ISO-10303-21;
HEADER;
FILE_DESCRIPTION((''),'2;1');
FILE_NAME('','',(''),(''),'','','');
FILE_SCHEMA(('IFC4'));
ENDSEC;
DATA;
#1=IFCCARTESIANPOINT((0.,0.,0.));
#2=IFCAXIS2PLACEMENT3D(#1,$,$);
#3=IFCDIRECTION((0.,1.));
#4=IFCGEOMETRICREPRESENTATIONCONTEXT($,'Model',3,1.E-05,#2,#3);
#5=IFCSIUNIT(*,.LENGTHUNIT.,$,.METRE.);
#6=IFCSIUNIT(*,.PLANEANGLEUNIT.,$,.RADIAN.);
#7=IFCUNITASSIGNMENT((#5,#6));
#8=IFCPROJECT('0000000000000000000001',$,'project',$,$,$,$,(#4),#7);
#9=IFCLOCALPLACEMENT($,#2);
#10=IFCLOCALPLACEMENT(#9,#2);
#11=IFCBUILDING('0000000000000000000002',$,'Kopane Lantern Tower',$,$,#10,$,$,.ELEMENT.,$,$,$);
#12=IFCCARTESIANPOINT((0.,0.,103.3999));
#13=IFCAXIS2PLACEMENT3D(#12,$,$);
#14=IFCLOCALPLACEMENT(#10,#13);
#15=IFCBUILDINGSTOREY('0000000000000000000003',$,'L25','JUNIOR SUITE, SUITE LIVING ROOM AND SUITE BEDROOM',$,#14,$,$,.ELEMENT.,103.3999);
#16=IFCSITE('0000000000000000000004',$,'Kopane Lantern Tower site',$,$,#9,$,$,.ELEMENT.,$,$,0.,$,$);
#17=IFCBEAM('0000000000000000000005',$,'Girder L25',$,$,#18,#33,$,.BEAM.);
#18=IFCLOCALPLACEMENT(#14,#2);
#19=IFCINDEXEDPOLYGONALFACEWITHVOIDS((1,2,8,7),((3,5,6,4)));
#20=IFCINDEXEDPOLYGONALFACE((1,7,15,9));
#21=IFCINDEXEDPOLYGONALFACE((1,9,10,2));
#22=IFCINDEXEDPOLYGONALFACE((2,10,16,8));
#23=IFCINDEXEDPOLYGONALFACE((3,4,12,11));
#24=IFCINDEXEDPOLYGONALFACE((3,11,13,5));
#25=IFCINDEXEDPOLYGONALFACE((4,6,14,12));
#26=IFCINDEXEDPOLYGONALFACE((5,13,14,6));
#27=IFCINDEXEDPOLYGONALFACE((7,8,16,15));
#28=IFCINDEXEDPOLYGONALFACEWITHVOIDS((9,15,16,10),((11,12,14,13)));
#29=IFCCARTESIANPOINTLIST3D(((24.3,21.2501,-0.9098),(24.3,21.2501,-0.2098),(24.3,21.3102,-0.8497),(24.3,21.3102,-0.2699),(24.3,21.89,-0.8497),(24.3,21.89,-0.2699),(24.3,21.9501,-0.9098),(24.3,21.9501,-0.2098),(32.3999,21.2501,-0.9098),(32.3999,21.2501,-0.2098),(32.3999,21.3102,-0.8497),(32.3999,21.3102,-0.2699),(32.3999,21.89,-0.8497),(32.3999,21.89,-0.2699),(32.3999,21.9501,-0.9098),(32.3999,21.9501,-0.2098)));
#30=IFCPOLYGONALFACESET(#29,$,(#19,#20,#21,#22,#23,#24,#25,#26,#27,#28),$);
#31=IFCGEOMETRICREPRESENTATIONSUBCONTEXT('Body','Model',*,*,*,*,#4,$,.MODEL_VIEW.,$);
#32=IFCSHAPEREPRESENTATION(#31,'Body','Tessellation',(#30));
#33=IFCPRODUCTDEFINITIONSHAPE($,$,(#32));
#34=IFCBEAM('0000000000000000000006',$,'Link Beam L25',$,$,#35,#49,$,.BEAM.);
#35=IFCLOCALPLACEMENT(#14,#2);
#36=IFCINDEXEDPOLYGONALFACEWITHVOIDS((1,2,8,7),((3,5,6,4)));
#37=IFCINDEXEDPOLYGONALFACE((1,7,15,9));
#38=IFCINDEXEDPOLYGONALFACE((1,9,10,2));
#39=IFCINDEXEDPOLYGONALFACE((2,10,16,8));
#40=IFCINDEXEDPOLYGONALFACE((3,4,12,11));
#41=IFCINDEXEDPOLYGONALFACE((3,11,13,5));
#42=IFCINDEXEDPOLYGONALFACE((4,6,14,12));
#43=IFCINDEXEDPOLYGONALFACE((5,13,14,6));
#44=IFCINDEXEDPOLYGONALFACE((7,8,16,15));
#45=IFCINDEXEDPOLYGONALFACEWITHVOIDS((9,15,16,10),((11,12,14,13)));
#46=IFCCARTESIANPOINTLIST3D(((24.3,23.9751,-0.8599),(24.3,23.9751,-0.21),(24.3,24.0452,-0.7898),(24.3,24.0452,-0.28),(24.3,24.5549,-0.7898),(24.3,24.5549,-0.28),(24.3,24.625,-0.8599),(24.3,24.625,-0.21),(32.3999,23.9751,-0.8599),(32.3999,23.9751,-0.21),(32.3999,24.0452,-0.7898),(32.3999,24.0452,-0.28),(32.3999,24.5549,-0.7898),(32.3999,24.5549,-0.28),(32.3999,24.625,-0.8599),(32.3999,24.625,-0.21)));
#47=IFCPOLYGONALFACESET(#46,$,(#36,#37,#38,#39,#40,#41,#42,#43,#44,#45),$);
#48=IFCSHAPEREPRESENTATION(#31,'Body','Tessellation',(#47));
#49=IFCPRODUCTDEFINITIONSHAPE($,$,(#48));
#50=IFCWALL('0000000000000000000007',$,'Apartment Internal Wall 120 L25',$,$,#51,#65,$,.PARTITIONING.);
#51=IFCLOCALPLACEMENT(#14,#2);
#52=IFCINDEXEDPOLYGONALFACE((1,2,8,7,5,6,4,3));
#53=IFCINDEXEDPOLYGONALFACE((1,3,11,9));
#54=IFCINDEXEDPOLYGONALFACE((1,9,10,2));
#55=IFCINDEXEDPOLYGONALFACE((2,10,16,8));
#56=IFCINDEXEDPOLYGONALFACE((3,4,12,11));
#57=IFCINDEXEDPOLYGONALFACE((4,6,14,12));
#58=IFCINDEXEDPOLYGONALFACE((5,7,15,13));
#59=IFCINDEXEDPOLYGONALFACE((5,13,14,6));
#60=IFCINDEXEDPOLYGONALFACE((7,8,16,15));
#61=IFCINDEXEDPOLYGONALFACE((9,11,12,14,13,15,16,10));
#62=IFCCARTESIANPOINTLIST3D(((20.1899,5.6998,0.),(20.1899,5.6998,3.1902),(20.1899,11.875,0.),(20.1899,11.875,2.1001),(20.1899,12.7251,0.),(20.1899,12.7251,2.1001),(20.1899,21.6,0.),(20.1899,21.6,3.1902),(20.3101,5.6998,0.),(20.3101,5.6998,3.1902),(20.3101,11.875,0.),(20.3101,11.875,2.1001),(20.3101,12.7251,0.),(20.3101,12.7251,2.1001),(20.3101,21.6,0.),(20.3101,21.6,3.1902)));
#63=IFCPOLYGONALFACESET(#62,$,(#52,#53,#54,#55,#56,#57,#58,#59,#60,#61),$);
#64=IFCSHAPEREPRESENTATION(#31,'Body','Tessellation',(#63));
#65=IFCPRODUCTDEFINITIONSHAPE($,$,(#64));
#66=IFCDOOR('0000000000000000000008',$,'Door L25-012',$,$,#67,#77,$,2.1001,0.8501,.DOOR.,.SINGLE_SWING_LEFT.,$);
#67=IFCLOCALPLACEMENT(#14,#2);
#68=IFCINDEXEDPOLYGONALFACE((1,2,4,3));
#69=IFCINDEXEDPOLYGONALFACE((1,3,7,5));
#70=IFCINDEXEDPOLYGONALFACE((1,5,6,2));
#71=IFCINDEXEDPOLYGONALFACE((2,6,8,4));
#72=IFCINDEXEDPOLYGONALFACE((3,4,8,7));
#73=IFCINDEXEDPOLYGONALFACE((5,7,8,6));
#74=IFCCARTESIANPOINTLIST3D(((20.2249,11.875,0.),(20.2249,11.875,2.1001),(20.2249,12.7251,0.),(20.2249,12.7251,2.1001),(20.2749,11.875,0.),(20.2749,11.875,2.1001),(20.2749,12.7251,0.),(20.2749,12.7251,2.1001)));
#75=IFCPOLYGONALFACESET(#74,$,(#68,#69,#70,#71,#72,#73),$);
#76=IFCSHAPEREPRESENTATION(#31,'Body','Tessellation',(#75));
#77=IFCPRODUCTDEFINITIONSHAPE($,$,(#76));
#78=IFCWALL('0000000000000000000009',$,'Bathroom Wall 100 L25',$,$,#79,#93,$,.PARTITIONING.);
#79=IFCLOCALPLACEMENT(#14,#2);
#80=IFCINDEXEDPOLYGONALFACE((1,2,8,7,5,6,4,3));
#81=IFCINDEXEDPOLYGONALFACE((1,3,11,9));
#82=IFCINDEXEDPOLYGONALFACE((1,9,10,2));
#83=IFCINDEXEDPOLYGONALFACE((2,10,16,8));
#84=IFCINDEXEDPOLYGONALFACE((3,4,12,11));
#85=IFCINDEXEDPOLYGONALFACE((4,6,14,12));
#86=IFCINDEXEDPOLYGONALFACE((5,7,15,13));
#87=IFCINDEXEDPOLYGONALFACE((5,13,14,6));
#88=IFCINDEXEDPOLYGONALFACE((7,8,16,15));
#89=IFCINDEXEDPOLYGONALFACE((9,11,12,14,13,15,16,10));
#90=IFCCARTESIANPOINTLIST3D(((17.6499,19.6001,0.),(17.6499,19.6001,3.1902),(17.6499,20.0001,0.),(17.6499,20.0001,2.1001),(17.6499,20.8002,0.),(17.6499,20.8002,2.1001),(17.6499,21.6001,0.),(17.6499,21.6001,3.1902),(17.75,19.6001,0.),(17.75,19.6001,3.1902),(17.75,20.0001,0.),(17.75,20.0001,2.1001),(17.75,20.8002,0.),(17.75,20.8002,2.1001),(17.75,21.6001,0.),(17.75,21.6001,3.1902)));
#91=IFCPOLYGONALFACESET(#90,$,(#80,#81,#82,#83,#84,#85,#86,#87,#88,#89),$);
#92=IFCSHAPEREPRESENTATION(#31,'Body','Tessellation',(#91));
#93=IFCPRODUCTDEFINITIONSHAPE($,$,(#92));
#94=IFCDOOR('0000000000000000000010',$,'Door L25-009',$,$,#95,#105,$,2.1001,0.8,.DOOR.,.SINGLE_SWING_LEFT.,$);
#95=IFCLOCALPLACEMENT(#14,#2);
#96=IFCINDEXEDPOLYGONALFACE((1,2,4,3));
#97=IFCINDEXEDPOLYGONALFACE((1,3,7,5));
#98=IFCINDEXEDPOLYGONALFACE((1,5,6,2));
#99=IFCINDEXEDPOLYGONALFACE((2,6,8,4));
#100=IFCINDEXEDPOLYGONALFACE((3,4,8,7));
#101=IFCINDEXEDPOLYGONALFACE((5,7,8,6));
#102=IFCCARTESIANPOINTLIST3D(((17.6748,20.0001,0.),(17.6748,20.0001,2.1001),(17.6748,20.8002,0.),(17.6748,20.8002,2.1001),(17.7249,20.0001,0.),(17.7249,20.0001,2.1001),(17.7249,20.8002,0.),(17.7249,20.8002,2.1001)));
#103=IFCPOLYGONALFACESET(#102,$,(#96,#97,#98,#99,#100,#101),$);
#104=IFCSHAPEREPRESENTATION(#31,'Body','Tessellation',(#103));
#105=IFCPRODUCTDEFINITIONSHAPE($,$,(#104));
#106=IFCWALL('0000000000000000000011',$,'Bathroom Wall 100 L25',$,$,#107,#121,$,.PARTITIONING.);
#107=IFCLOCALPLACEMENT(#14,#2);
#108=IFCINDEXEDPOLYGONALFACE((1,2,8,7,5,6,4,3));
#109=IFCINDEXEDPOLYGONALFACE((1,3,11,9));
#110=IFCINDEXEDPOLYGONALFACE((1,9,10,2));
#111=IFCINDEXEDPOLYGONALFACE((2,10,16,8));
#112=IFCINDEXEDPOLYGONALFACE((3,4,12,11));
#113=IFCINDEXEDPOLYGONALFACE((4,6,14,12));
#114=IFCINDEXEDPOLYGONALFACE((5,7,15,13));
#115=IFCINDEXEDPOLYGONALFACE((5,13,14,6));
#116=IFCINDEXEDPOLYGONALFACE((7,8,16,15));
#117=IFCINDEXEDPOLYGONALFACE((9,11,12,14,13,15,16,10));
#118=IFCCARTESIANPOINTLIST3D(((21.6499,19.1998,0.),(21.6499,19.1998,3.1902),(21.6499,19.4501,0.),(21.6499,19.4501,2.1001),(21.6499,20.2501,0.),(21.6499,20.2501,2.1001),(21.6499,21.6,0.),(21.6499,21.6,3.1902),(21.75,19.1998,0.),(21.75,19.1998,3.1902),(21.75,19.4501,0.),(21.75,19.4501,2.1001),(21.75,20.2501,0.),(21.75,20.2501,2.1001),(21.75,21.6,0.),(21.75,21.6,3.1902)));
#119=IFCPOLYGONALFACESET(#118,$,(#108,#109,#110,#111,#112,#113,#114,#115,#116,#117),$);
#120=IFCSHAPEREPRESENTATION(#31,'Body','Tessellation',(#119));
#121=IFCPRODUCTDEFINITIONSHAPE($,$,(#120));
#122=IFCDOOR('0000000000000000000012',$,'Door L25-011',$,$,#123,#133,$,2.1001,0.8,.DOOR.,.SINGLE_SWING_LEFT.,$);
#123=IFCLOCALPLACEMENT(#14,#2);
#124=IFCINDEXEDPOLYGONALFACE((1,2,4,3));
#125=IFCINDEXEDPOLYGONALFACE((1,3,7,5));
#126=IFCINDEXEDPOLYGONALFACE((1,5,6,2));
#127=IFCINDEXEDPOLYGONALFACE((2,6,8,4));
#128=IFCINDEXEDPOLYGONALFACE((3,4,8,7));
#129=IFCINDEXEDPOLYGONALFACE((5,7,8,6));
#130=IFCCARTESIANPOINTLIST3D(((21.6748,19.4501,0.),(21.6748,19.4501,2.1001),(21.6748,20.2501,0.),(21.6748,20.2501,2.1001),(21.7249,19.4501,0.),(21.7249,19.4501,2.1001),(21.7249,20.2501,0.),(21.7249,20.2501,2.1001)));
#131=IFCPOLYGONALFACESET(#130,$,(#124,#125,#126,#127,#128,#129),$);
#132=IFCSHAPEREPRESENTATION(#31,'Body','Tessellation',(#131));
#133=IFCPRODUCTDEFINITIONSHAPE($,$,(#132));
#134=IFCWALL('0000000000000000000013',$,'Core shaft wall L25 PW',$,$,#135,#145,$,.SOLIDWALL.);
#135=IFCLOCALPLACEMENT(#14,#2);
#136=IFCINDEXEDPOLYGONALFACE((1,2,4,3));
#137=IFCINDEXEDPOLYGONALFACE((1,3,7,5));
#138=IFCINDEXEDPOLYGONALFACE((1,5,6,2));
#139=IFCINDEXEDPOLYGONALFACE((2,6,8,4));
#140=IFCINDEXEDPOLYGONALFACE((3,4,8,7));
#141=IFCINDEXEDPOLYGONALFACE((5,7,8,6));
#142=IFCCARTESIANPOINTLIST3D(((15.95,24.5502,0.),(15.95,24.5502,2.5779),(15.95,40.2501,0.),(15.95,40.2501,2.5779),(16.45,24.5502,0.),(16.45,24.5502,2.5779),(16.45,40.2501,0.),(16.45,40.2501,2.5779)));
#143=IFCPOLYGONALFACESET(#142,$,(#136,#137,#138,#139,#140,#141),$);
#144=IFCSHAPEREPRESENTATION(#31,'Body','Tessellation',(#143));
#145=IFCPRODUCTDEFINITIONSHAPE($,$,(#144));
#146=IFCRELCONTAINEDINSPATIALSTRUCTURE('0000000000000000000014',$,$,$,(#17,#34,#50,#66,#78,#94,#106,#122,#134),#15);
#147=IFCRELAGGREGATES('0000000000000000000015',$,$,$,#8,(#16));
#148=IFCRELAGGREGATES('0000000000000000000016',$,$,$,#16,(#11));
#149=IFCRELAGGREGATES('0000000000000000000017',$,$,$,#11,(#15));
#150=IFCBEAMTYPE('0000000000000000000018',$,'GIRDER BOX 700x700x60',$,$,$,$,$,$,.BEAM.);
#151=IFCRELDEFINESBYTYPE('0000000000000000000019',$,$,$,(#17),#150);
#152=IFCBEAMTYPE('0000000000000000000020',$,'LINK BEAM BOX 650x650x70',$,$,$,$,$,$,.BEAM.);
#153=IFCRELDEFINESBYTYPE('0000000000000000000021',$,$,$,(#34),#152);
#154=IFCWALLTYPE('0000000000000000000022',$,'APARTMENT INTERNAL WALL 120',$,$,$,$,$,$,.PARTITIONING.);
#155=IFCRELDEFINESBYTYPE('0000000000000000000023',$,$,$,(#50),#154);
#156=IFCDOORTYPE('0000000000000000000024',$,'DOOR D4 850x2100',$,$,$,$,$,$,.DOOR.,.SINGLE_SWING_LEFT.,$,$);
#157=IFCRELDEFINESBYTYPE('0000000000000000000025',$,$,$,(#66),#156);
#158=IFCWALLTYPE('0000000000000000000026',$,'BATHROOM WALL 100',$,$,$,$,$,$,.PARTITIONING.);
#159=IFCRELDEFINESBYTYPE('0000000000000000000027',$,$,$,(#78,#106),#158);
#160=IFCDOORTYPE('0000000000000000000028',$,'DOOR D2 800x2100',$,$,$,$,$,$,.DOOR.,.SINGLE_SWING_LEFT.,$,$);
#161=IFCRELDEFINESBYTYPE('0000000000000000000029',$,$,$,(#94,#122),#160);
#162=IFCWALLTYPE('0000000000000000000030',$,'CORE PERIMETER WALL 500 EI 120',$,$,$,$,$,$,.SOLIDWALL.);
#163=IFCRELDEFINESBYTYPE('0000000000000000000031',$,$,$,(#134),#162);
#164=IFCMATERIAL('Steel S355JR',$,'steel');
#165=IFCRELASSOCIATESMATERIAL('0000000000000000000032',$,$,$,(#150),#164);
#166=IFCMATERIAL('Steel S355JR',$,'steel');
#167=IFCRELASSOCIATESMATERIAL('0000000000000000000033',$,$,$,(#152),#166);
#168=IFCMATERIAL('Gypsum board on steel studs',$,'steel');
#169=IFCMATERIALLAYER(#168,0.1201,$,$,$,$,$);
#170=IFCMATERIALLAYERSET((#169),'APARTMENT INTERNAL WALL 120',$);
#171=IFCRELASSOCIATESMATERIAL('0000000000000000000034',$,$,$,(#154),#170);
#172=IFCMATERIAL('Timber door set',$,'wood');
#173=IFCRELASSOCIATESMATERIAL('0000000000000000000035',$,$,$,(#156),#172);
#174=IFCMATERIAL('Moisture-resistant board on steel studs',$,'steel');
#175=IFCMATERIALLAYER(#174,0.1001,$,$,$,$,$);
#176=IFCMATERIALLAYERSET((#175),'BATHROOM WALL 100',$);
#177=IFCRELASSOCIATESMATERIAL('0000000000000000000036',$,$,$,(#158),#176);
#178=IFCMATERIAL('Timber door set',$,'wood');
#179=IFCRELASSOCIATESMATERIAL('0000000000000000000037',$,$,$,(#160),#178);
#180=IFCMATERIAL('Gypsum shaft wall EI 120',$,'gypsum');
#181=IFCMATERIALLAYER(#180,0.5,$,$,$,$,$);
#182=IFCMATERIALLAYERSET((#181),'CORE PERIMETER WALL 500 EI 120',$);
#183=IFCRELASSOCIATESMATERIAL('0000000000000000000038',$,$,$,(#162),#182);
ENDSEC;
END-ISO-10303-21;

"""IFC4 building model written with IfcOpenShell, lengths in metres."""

from ifc_helpers import new_model, si_unit, direction, frame, frame_2d, origin, origin_2d, place, context, subcontext, project, spatial, rectangle, hollow_rectangle, extrude, material, layer, layer_set, material_profile, profile_set, type_object, element, fill, save


model = new_model("IFC4")

# Units and contexts
model_context = context("Model", 3, precision=1e-05, world=origin(), true_north=direction((0.0, 1.0)))
body_context = subcontext(model_context, "Body", "Model", "MODEL_VIEW")
ifc_project = project(units=[si_unit("LENGTHUNIT", "METRE"), si_unit("PLANEANGLEUNIT", "RADIAN")], contexts=[model_context])

# Site, building, storey
site_placement = place(None, origin())
site = spatial("IfcSite", under=ifc_project, at=site_placement, Name="Kopane Lantern Tower site", CompositionType="ELEMENT", RefElevation=0.0)
building_placement = place(site_placement, origin())
building = spatial("IfcBuilding", under=site, at=building_placement, Name="Kopane Lantern Tower", CompositionType="ELEMENT")
storey_placement = place(building_placement, frame((0.0, 0.0, 103.3999)))
storey = spatial("IfcBuildingStorey", under=building, at=storey_placement, Name="L25", Description="JUNIOR SUITE, SUITE LIVING ROOM AND SUITE BEDROOM", CompositionType="ELEMENT", Elevation=103.3999)

# Beams
ifc_material_1 = material(Name="Steel S355JR", Category="steel")
ifc_material_profile_1 = material_profile(ifc_material_1, hollow_rectangle(XDim=0.7, YDim=0.7, WallThickness=0.0601, at=origin_2d()), Name="BOX 700x700x60")
ifc_profile_set_1 = profile_set([ifc_material_profile_1], Name="Steel S355JR")
beam_type_1 = type_object("IfcBeamType", Name="GIRDER BOX 700x700x60", PredefinedType="BEAM", material=ifc_profile_set_1)
beam_1_placement = place(storey_placement, frame((24.3, 21.6001, -0.5598), z_axis=(1.0, 0.0, 0.0), x_axis=(0.0, 1.0, 0.0)))
element("IfcBeam", 1, at=beam_1_placement, inside=storey, type_object=beam_type_1, Name="Girder L25", PredefinedType="BEAM", context=body_context, shape_type="SweptSolid", body=[
    extrude(hollow_rectangle(XDim=0.7, YDim=0.7, WallThickness=0.0601, at=origin_2d()), origin(), (0.0, 0.0, 1.0), 8.0999),
])
ifc_material_2 = material(Name="Steel S355JR", Category="steel")
ifc_material_profile_2 = material_profile(ifc_material_2, hollow_rectangle(XDim=0.6499, YDim=0.6499, WallThickness=0.0701, at=origin_2d()), Name="BOX 650x650x70")
ifc_profile_set_2 = profile_set([ifc_material_profile_2], Name="Steel S355JR")
beam_type_2 = type_object("IfcBeamType", Name="LINK BEAM BOX 650x650x70", PredefinedType="BEAM", material=ifc_profile_set_2)
beam_2_placement = place(storey_placement, frame((24.3, 24.3, -0.5349), z_axis=(1.0, 0.0, 0.0), x_axis=(0.0, 1.0, 0.0)))
element("IfcBeam", 2, at=beam_2_placement, inside=storey, type_object=beam_type_2, Name="Link Beam L25", PredefinedType="BEAM", context=body_context, shape_type="SweptSolid", body=[
    extrude(hollow_rectangle(XDim=0.6499, YDim=0.6499, WallThickness=0.0701, at=origin_2d()), origin(), (0.0, 0.0, 1.0), 8.0999),
])

# Walls, openings, doors
ifc_material_3 = material(Name="Gypsum board on steel studs", Category="steel")
ifc_layer_1 = layer(ifc_material_3, 0.1201)
ifc_layer_set_1 = layer_set([ifc_layer_1], Name="APARTMENT INTERNAL WALL 120")
wall_type_1 = type_object("IfcWallType", Name="APARTMENT INTERNAL WALL 120", PredefinedType="PARTITIONING", material=ifc_layer_set_1)
wall_1_placement = place(storey_placement, frame((20.25, 21.6001, 0.0), z_axis=(0.0, 0.0, 1.0), x_axis=(0.0, -1.0, 0.0)))
wall_1 = element("IfcWall", 3, at=wall_1_placement, inside=storey, type_object=wall_type_1, Name="Apartment Internal Wall 120 L25", PredefinedType="PARTITIONING", context=body_context, shape_type="SweptSolid", body=[
    extrude(rectangle(XDim=15.9001, YDim=0.1201, at=frame_2d((7.9502, 0.0))), origin(), (0.0, 0.0, 1.0), 3.1902),
])
opening_1_placement = place(wall_1_placement, frame((8.875, 0.0, 0.0)))
opening_1 = element("IfcOpeningElement", 4, at=opening_1_placement, cuts=wall_1, PredefinedType="OPENING", context=body_context, shape_type="SweptSolid", body=[
    extrude(rectangle(XDim=0.8501, YDim=2.1001, at=frame_2d((0.425, 1.05))), frame((0.0, 0.0701, 0.0), z_axis=(0.0, -1.0, 0.0), x_axis=(1.0, 0.0, 0.0)), (0.0, 0.0, 1.0), 0.1401),
])
ifc_material_4 = material(Name="Timber door set", Category="wood")
door_type_1 = type_object("IfcDoorType", Name="DOOR D4 850x2100", OperationType="SINGLE_SWING_LEFT", PredefinedType="DOOR", material=ifc_material_4)
door_1_placement = place(opening_1_placement, origin())
door_1 = element("IfcDoor", 5, at=door_1_placement, inside=storey, type_object=door_type_1, Name="Door L25-012", OperationType="SINGLE_SWING_LEFT", OverallHeight=2.1001, OverallWidth=0.8501, PredefinedType="DOOR", context=body_context, shape_type="SweptSolid", body=[
    extrude(rectangle(XDim=0.8501, YDim=2.1001, at=frame_2d((0.425, 1.05))), frame((0.0, 0.0249, 0.0), z_axis=(0.0, -1.0, 0.0), x_axis=(1.0, 0.0, 0.0)), (0.0, 0.0, 1.0), 0.05),
])
fill(opening_1, door_1)
ifc_material_5 = material(Name="Moisture-resistant board on steel studs", Category="steel")
ifc_layer_2 = layer(ifc_material_5, 0.1001)
ifc_layer_set_2 = layer_set([ifc_layer_2], Name="BATHROOM WALL 100")
wall_type_2 = type_object("IfcWallType", Name="BATHROOM WALL 100", PredefinedType="PARTITIONING", material=ifc_layer_set_2)
wall_2_placement = place(storey_placement, frame((17.7, 21.6001, 0.0), z_axis=(0.0, 0.0, 1.0), x_axis=(0.0, -1.0, 0.0)))
wall_2 = element("IfcWall", 6, at=wall_2_placement, inside=storey, type_object=wall_type_2, Name="Bathroom Wall 100 L25", PredefinedType="PARTITIONING", context=body_context, shape_type="SweptSolid", body=[
    extrude(rectangle(XDim=2.0, YDim=0.1001, at=frame_2d((1.0, 0.0))), origin(), (0.0, 0.0, 1.0), 3.1902),
])
opening_2_placement = place(wall_2_placement, frame((0.8, 0.0, 0.0)))
opening_2 = element("IfcOpeningElement", 7, at=opening_2_placement, cuts=wall_2, PredefinedType="OPENING", context=body_context, shape_type="SweptSolid", body=[
    extrude(rectangle(XDim=0.8, YDim=2.1001, at=frame_2d((0.3999, 1.05))), frame((0.0, 0.0601, 0.0), z_axis=(0.0, -1.0, 0.0), x_axis=(1.0, 0.0, 0.0)), (0.0, 0.0, 1.0), 0.1201),
])
ifc_material_6 = material(Name="Timber door set", Category="wood")
door_type_2 = type_object("IfcDoorType", Name="DOOR D2 800x2100", OperationType="SINGLE_SWING_LEFT", PredefinedType="DOOR", material=ifc_material_6)
door_2_placement = place(opening_2_placement, origin())
door_2 = element("IfcDoor", 8, at=door_2_placement, inside=storey, type_object=door_type_2, Name="Door L25-009", OperationType="SINGLE_SWING_LEFT", OverallHeight=2.1001, OverallWidth=0.8, PredefinedType="DOOR", context=body_context, shape_type="SweptSolid", body=[
    extrude(rectangle(XDim=0.8, YDim=2.1001, at=frame_2d((0.3999, 1.05))), frame((0.0, 0.0249, 0.0), z_axis=(0.0, -1.0, 0.0), x_axis=(1.0, 0.0, 0.0)), (0.0, 0.0, 1.0), 0.05),
])
fill(opening_2, door_2)
wall_3_placement = place(storey_placement, frame((21.7, 21.6001, 0.0), z_axis=(0.0, 0.0, 1.0), x_axis=(0.0, -1.0, 0.0)))
wall_3 = element("IfcWall", 9, at=wall_3_placement, inside=storey, type_object=wall_type_2, Name="Bathroom Wall 100 L25", PredefinedType="PARTITIONING", context=body_context, shape_type="SweptSolid", body=[
    extrude(rectangle(XDim=2.4001, YDim=0.1001, at=frame_2d((1.2002, 0.0))), origin(), (0.0, 0.0, 1.0), 3.1902),
])
opening_3_placement = place(wall_3_placement, frame((1.3501, 0.0, 0.0)))
opening_3 = element("IfcOpeningElement", 10, at=opening_3_placement, cuts=wall_3, PredefinedType="OPENING", context=body_context, shape_type="SweptSolid", body=[
    extrude(rectangle(XDim=0.8, YDim=2.1001, at=frame_2d((0.3999, 1.05))), frame((0.0, 0.0601, 0.0), z_axis=(0.0, -1.0, 0.0), x_axis=(1.0, 0.0, 0.0)), (0.0, 0.0, 1.0), 0.1201),
])
door_3_placement = place(opening_3_placement, origin())
door_3 = element("IfcDoor", 11, at=door_3_placement, inside=storey, type_object=door_type_2, Name="Door L25-011", OperationType="SINGLE_SWING_LEFT", OverallHeight=2.1001, OverallWidth=0.8, PredefinedType="DOOR", context=body_context, shape_type="SweptSolid", body=[
    extrude(rectangle(XDim=0.8, YDim=2.1001, at=frame_2d((0.3999, 1.05))), frame((0.0, 0.0249, 0.0), z_axis=(0.0, -1.0, 0.0), x_axis=(1.0, 0.0, 0.0)), (0.0, 0.0, 1.0), 0.05),
])
fill(opening_3, door_3)

# Wall
ifc_material_7 = material(Name="Gypsum shaft wall EI 120", Category="gypsum")
ifc_layer_3 = layer(ifc_material_7, 0.5)
ifc_layer_set_3 = layer_set([ifc_layer_3], Name="CORE PERIMETER WALL 500 EI 120")
wall_type_3 = type_object("IfcWallType", Name="CORE PERIMETER WALL 500 EI 120", PredefinedType="SOLIDWALL", material=ifc_layer_set_3)
wall_4_placement = place(storey_placement, frame((16.2, 24.55, 0.0), z_axis=(0.0, 0.0, 1.0), x_axis=(0.0, 1.0, 0.0)))
element("IfcWall", 12, at=wall_4_placement, inside=storey, type_object=wall_type_3, Name="Core shaft wall L25 PW", PredefinedType="SOLIDWALL", context=body_context, shape_type="SweptSolid", body=[
    extrude(rectangle(XDim=15.7, YDim=0.5, at=frame_2d((7.8501, 0.0))), origin(), (0.0, 0.0, 1.0), 2.5779),
])

save(model, "model.ifc")
